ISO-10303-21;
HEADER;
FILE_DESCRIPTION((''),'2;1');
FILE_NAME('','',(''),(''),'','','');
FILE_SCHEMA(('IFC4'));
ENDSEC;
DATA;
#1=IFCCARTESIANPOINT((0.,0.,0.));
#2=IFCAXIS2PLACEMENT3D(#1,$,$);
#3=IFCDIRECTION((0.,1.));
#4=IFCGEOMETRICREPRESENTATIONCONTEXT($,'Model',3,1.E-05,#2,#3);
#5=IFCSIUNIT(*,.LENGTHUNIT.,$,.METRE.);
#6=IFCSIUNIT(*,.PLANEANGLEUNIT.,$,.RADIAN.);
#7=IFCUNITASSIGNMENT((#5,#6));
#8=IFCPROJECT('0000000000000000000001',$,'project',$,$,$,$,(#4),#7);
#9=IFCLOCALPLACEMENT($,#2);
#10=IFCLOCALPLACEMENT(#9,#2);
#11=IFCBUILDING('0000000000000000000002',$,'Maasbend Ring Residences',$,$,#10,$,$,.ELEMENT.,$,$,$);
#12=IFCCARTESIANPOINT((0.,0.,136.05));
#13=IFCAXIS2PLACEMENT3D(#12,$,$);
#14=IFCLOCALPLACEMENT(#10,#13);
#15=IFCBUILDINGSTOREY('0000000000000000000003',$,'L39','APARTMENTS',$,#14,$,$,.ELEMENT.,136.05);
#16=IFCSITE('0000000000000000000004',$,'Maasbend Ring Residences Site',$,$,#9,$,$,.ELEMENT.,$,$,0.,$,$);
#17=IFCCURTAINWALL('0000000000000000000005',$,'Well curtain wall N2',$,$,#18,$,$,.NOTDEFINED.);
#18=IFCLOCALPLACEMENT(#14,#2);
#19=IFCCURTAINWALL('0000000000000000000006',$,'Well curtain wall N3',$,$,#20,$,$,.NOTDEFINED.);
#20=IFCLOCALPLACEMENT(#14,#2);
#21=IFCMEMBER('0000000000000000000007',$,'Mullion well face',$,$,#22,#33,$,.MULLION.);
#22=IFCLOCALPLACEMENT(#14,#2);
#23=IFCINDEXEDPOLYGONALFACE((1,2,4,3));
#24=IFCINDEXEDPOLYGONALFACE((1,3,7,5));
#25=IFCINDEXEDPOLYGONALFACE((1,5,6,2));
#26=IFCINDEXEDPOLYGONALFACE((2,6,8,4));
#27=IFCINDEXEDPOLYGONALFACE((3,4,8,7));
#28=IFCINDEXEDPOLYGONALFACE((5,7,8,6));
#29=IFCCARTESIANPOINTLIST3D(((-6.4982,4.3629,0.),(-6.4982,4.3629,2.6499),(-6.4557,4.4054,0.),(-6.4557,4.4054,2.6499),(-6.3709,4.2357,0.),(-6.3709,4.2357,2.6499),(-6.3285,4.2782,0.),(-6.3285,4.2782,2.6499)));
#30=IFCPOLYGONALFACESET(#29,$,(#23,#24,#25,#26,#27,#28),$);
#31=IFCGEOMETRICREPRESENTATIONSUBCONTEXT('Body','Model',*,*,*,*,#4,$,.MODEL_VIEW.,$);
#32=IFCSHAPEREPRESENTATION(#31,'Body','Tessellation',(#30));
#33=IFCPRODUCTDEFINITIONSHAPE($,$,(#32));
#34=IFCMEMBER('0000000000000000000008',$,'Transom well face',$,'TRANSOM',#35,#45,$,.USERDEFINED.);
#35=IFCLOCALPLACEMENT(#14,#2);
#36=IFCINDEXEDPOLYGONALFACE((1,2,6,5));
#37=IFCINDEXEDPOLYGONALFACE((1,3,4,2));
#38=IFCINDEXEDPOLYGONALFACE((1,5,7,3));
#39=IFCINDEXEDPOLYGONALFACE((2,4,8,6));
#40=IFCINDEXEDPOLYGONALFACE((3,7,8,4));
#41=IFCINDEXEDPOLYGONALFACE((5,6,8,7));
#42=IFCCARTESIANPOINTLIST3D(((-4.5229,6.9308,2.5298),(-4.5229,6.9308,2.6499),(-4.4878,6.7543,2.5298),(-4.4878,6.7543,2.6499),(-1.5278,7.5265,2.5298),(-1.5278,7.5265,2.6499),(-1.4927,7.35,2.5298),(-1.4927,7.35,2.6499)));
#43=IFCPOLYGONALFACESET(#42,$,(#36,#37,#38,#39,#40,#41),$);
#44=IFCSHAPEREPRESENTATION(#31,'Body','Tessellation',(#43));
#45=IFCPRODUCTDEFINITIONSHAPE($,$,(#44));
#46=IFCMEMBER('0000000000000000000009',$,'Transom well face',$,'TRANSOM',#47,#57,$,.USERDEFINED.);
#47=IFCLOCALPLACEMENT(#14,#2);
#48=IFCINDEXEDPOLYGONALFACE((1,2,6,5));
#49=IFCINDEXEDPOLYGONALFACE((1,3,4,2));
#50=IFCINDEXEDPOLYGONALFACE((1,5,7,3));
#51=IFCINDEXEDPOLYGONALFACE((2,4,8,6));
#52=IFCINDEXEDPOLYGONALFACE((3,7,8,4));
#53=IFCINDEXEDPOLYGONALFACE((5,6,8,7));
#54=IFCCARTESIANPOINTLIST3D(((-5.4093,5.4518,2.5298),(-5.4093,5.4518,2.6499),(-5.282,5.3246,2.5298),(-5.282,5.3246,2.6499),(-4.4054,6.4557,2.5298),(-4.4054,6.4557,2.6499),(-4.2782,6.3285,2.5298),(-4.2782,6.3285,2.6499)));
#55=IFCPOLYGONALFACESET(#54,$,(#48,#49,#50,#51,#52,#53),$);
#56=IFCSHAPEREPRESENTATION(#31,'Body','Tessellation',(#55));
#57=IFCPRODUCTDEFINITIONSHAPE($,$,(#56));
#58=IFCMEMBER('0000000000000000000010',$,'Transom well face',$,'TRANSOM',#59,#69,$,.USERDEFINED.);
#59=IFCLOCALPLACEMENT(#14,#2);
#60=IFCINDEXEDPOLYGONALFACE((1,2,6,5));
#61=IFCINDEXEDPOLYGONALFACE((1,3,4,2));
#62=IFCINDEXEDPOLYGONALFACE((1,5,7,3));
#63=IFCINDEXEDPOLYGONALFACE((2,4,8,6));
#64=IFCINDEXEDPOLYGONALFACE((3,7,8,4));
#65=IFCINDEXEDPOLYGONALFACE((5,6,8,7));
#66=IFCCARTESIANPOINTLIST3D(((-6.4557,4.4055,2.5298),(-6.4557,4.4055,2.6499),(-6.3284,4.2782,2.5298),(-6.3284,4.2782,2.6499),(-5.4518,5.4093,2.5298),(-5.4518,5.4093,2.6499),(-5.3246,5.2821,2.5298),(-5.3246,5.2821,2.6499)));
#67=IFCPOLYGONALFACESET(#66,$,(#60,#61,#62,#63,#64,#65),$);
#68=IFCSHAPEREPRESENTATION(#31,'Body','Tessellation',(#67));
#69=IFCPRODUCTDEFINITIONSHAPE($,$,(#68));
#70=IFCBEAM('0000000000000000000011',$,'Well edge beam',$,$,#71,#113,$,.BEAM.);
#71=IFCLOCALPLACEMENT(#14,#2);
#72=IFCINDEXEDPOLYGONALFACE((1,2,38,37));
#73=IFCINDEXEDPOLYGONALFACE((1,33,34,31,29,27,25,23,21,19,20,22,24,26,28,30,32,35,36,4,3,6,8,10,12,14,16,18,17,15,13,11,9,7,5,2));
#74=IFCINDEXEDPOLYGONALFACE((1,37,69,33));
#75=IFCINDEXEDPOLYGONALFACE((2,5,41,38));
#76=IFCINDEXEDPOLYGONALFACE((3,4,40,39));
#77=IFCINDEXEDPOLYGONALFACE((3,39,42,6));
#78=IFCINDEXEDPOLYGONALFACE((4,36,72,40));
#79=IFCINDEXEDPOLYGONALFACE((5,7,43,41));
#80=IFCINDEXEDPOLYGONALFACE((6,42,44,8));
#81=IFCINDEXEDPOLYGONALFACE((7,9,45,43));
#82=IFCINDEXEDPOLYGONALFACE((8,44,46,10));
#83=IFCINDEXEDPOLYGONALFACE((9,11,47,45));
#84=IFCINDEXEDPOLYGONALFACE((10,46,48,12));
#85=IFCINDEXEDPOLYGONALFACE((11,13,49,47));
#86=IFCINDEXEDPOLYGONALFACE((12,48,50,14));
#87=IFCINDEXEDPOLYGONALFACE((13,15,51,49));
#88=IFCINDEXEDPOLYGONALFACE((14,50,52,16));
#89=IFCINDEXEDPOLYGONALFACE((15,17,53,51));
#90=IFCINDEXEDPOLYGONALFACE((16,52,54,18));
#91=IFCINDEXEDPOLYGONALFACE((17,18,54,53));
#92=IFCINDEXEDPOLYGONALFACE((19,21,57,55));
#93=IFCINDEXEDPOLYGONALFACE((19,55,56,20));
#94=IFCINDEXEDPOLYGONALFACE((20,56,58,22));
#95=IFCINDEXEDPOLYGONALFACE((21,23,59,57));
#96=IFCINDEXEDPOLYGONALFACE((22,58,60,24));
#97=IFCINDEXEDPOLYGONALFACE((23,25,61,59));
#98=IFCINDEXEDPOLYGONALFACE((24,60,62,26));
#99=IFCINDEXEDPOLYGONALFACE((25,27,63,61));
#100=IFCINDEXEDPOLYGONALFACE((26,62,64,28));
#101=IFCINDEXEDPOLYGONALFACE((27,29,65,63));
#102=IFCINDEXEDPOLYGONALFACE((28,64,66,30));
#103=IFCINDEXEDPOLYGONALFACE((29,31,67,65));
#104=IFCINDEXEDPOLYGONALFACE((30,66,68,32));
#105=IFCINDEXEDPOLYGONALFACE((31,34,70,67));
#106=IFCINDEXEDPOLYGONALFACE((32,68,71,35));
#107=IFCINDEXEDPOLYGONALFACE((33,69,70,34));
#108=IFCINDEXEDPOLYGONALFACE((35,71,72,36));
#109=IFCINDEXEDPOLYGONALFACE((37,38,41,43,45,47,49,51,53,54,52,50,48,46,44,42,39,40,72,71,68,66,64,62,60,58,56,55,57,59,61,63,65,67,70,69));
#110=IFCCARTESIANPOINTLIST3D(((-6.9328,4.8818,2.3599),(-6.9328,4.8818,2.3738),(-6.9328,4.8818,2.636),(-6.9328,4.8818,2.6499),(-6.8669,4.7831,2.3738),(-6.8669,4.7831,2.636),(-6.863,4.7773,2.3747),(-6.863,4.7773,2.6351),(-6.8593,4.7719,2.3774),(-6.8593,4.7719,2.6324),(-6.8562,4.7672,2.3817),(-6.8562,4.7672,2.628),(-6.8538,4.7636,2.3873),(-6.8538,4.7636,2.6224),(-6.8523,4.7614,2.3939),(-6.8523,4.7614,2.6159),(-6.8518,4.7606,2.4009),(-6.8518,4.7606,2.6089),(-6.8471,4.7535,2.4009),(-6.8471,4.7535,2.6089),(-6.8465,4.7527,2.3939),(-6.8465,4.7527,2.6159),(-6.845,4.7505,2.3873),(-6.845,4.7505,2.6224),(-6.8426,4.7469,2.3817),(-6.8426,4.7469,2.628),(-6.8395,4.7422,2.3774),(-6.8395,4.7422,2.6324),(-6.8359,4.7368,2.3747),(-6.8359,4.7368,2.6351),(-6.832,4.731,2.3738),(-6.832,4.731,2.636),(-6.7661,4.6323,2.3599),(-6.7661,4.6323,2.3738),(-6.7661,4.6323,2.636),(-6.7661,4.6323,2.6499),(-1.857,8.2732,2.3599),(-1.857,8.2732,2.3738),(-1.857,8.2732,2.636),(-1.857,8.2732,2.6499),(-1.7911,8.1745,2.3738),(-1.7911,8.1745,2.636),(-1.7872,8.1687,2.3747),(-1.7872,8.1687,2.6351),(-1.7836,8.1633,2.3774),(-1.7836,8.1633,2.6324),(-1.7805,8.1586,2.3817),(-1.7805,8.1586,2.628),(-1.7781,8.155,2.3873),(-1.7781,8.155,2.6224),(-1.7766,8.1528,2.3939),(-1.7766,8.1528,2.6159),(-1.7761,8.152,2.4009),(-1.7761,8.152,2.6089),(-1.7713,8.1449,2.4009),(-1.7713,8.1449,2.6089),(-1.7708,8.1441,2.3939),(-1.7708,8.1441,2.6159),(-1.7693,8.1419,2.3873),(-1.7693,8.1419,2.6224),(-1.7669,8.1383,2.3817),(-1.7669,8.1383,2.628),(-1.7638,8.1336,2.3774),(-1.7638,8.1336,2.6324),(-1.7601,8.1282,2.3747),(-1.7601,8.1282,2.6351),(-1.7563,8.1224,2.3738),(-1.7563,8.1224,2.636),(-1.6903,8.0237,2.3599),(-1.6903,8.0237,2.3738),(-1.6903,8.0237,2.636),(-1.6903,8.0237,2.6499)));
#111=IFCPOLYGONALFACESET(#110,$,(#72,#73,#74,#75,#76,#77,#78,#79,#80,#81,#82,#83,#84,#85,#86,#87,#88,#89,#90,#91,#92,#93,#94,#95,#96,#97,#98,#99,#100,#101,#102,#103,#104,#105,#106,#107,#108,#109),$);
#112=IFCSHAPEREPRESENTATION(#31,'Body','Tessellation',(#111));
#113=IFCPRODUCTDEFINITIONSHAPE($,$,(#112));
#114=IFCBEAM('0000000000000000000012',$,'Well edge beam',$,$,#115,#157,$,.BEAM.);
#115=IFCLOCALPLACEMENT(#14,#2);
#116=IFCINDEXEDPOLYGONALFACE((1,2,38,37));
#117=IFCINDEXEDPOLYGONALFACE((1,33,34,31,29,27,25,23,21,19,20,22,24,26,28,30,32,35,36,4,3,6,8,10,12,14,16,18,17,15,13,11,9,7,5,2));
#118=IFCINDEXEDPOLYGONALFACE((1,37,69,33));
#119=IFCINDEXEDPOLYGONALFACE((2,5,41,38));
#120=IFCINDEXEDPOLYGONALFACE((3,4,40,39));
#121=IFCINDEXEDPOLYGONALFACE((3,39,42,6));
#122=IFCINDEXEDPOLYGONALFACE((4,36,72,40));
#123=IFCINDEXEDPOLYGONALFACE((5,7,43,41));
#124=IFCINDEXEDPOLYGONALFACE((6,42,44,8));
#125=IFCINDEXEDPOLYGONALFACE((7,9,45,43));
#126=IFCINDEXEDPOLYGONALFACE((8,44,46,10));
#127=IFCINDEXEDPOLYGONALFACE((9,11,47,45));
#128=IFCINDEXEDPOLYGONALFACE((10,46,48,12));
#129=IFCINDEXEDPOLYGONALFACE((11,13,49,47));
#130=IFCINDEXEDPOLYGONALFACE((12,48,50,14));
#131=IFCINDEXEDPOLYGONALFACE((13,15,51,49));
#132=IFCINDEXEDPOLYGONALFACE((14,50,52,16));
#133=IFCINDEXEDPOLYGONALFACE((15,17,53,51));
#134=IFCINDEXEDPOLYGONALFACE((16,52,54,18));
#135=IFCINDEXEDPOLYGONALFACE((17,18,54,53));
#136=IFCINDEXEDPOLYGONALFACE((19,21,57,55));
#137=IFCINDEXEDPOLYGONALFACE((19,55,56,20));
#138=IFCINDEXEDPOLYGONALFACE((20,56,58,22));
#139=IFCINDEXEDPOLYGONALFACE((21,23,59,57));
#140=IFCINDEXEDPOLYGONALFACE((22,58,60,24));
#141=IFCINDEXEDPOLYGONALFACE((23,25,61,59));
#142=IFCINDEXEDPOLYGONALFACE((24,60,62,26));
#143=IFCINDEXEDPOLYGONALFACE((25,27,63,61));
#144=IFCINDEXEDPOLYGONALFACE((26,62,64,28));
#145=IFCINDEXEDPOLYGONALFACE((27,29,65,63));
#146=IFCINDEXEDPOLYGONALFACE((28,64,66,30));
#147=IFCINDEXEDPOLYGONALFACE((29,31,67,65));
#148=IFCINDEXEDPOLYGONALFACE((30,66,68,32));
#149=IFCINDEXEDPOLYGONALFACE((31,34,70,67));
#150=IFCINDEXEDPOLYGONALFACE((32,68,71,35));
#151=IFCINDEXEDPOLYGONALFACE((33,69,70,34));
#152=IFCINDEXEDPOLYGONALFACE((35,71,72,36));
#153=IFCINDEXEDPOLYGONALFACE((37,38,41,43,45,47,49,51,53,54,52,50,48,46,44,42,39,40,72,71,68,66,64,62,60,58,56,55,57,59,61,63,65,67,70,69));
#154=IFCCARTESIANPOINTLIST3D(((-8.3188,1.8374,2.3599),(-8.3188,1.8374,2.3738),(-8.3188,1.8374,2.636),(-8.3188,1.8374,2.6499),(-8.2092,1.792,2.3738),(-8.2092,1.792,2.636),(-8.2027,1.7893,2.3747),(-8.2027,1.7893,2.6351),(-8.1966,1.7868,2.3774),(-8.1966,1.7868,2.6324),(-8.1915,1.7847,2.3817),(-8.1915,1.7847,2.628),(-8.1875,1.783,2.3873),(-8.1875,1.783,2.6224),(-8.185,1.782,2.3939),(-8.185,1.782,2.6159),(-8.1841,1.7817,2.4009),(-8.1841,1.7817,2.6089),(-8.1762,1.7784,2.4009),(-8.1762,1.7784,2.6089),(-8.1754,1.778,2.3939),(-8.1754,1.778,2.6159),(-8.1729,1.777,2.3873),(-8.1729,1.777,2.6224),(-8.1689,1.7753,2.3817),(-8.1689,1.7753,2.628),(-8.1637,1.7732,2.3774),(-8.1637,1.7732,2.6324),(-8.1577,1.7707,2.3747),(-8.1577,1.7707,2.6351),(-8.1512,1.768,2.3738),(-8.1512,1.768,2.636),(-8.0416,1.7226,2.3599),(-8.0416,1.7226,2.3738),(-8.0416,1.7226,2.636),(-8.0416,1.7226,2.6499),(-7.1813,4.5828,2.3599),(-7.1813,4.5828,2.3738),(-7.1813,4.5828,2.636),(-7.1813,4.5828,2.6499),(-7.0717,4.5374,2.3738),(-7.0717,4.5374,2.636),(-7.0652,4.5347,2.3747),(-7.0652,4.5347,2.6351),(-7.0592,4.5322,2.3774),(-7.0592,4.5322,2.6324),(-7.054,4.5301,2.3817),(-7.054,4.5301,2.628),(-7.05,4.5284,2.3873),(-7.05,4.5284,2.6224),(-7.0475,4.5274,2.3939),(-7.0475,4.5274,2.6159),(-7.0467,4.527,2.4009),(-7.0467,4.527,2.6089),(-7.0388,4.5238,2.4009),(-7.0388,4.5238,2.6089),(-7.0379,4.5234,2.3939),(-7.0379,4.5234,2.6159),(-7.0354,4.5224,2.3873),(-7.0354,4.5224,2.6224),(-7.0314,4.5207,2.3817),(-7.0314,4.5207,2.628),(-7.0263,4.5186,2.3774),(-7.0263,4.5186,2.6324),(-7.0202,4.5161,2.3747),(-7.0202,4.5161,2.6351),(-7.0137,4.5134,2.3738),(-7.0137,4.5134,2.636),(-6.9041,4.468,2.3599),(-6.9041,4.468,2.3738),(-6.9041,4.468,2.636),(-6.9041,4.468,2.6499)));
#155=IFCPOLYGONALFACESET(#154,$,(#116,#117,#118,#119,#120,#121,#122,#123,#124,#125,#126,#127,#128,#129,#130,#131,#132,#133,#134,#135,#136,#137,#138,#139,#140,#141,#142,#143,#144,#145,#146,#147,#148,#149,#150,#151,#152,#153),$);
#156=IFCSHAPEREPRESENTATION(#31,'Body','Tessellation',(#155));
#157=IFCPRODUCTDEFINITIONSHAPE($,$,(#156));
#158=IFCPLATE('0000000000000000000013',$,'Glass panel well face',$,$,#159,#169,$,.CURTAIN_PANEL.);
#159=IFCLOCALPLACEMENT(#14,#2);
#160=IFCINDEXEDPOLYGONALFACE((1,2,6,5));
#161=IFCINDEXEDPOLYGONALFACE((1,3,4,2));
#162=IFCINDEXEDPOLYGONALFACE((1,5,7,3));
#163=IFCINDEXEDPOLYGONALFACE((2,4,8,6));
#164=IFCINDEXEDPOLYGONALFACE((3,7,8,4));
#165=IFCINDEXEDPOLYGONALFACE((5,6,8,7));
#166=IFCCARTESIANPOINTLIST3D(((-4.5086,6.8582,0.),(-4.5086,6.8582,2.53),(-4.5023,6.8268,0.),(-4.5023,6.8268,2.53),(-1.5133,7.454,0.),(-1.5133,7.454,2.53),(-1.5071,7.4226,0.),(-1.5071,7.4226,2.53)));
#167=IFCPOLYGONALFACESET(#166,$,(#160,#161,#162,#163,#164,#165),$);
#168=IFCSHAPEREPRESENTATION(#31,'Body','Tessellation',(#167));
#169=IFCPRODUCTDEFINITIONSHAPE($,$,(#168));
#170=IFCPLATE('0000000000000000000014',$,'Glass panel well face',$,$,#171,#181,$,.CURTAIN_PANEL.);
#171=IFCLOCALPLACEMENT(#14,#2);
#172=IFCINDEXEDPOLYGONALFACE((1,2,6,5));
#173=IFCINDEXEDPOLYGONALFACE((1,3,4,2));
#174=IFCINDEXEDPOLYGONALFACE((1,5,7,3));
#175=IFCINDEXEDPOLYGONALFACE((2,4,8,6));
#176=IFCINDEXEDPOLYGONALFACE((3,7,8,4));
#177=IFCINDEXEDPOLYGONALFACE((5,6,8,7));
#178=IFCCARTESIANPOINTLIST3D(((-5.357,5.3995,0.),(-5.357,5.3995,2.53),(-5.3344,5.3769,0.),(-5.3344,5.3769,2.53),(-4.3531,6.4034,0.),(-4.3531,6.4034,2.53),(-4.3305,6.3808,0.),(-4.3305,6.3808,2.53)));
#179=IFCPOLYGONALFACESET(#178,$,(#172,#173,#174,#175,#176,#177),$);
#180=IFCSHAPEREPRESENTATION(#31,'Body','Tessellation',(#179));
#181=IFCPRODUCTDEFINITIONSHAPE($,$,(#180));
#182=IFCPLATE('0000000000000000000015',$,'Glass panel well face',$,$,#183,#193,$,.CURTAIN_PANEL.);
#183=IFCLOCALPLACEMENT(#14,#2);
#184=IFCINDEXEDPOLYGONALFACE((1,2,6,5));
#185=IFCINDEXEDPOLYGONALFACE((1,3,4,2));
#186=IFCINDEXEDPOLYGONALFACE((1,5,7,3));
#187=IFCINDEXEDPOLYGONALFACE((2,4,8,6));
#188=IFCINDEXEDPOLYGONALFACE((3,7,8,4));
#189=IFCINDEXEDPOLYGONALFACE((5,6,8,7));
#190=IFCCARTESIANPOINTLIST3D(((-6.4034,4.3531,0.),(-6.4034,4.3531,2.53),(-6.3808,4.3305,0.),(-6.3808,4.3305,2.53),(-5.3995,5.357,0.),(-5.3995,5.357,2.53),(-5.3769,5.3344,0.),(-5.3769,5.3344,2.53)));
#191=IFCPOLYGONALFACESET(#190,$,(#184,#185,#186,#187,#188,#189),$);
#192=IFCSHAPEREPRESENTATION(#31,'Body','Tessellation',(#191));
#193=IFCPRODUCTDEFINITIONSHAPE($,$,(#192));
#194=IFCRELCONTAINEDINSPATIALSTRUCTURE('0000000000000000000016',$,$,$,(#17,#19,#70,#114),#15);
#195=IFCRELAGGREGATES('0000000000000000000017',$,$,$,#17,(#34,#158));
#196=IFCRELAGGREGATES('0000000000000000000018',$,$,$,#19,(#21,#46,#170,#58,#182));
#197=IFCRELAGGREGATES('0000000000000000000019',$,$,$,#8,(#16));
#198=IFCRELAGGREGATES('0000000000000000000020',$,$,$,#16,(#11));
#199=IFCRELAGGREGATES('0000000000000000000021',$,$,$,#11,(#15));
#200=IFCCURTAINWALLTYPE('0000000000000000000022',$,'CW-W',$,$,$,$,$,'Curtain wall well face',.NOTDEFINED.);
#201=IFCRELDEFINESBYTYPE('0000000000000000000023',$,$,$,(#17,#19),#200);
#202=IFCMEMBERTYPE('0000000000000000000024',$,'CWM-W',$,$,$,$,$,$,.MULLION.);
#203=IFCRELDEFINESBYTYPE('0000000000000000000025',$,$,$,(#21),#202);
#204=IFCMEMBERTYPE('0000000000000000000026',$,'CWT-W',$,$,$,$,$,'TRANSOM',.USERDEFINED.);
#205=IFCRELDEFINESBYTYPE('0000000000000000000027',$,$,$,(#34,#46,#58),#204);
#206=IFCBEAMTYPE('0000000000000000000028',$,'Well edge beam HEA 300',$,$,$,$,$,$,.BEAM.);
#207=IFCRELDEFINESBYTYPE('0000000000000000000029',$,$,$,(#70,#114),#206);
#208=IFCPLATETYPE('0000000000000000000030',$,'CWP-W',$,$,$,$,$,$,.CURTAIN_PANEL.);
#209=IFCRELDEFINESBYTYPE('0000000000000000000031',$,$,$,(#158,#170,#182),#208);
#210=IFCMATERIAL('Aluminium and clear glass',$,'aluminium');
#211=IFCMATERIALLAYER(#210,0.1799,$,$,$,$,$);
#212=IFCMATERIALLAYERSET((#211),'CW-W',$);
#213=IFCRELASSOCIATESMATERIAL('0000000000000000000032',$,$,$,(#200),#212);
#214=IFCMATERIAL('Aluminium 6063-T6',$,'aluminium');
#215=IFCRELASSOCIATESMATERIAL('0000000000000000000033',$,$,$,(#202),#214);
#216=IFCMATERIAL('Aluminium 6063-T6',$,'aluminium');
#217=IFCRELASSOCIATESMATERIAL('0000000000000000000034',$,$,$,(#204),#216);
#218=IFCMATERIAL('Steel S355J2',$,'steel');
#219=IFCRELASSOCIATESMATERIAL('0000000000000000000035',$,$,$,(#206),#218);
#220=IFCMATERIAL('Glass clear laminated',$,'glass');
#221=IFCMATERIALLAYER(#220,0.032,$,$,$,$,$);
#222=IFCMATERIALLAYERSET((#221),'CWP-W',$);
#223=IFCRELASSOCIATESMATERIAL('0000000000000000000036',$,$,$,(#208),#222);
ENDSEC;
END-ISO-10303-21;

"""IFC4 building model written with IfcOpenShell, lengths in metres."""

from ifc_helpers import new_model, si_unit, direction, frame, origin, origin_2d, place, context, subcontext, project, spatial, rectangle, i_section, extrude, material, layer, layer_set, material_profile, profile_set, type_object, element, aggregate, save


model = new_model("IFC4")

# Units and contexts
model_context = context("Model", 3, precision=1e-05, world=origin(), true_north=direction((0.0, 1.0)))
body_context = subcontext(model_context, "Body", "Model", "MODEL_VIEW")
ifc_project = project(units=[si_unit("LENGTHUNIT", "METRE"), si_unit("PLANEANGLEUNIT", "RADIAN")], contexts=[model_context])

# Site, building, storey
site_placement = place(None, origin())
site = spatial("IfcSite", under=ifc_project, at=site_placement, Name="Maasbend Ring Residences Site", CompositionType="ELEMENT", RefElevation=0.0)
building_placement = place(site_placement, origin())
building = spatial("IfcBuilding", under=site, at=building_placement, Name="Maasbend Ring Residences", CompositionType="ELEMENT")
storey_placement = place(building_placement, frame((0.0, 0.0, 136.05)))
storey = spatial("IfcBuildingStorey", under=building, at=storey_placement, Name="L39", Description="APARTMENTS", CompositionType="ELEMENT", Elevation=136.05)

# Curtain walls, member
ifc_material_1 = material(Name="Aluminium and clear glass", Category="aluminium")
ifc_layer_1 = layer(ifc_material_1, 0.1799)
ifc_layer_set_1 = layer_set([ifc_layer_1], Name="CW-W")
curtain_wall_type = type_object("IfcCurtainWallType", Name="CW-W", ElementType="Curtain wall well face", PredefinedType="NOTDEFINED", material=ifc_layer_set_1)
curtain_wall_1_placement = place(storey_placement, origin())
curtain_wall_1 = element("IfcCurtainWall", 1, at=curtain_wall_1_placement, inside=storey, type_object=curtain_wall_type, Name="Well curtain wall N2", PredefinedType="NOTDEFINED")
ifc_material_2 = material(Name="Aluminium 6063-T6", Category="aluminium")
ifc_material_profile_1 = material_profile(ifc_material_2, rectangle(XDim=0.1799, YDim=0.0601, at=origin_2d()), Name="AL 180x60")
ifc_profile_set_1 = profile_set([ifc_material_profile_1], Name="Aluminium 6063-T6")
member_type_1 = type_object("IfcMemberType", Name="CWM-W", PredefinedType="MULLION", material=ifc_profile_set_1)
curtain_wall_2_placement = place(storey_placement, origin())
curtain_wall_2 = element("IfcCurtainWall", 2, at=curtain_wall_2_placement, inside=storey, type_object=curtain_wall_type, Name="Well curtain wall N3", PredefinedType="NOTDEFINED")
member_1_placement = place(storey_placement, frame((-6.4133, 4.3206, 0.0), z_axis=(0.0, 0.0, 1.0), x_axis=(0.707107, -0.707107, 0.0)))
member_1 = element("IfcMember", 3, at=member_1_placement, type_object=member_type_1, Name="Mullion well face", PredefinedType="MULLION", context=body_context, shape_type="SweptSolid", body=[
    extrude(rectangle(XDim=0.1799, YDim=0.0601, at=origin_2d()), origin(), (0.0, 0.0, 1.0), 2.6499),
])

# Members
ifc_material_3 = material(Name="Aluminium 6063-T6", Category="aluminium")
ifc_material_profile_2 = material_profile(ifc_material_3, rectangle(XDim=0.1799, YDim=0.1201, at=origin_2d()), Name="AL 180x120")
ifc_profile_set_2 = profile_set([ifc_material_profile_2], Name="Aluminium 6063-T6")
member_type_2 = type_object("IfcMemberType", Name="CWT-W", ElementType="TRANSOM", PredefinedType="USERDEFINED", material=ifc_profile_set_2)
member_2_placement = place(storey_placement, frame((-1.5103, 7.4382, 2.5898), z_axis=(-0.980789, -0.195071, 0.0), x_axis=(0.195071, -0.980789, 0.0)))
member_2 = element("IfcMember", 4, at=member_2_placement, type_object=member_type_2, Name="Transom well face", ObjectType="TRANSOM", PredefinedType="USERDEFINED", context=body_context, shape_type="SweptSolid", body=[
    extrude(rectangle(XDim=0.1799, YDim=0.1201, at=origin_2d()), origin(), (0.0, 0.0, 1.0), 3.0537),
])
member_3_placement = place(storey_placement, frame((-4.3418, 6.3921, 2.5898), z_axis=(-0.707107, -0.707107, 0.0), x_axis=(0.707107, -0.707107, 0.0)))
member_3 = element("IfcMember", 5, at=member_3_placement, type_object=member_type_2, Name="Transom well face", ObjectType="TRANSOM", PredefinedType="USERDEFINED", context=body_context, shape_type="SweptSolid", body=[
    extrude(rectangle(XDim=0.1799, YDim=0.1201, at=origin_2d()), origin(), (0.0, 0.0, 1.0), 1.4197),
])
member_4_placement = place(storey_placement, frame((-5.3882, 5.3457, 2.5898), z_axis=(-0.707107, -0.707107, 0.0), x_axis=(0.707107, -0.707107, 0.0)))
member_4 = element("IfcMember", 6, at=member_4_placement, type_object=member_type_2, Name="Transom well face", ObjectType="TRANSOM", PredefinedType="USERDEFINED", context=body_context, shape_type="SweptSolid", body=[
    extrude(rectangle(XDim=0.1799, YDim=0.1201, at=origin_2d()), origin(), (0.0, 0.0, 1.0), 1.4197),
])

# Beams
ifc_material_4 = material(Name="Steel S355J2", Category="steel")
ifc_material_profile_3 = material_profile(ifc_material_4, i_section(OverallWidth=0.3, OverallDepth=0.29, WebThickness=0.0085, FlangeThickness=0.0139, FilletRadius=0.0271, at=origin_2d()), Name="HEA 300")
ifc_profile_set_3 = profile_set([ifc_material_profile_3], Name="Steel S355J2")
beam_type = type_object("IfcBeamType", Name="Well edge beam HEA 300", PredefinedType="BEAM", material=ifc_profile_set_3)
beam_1_placement = place(storey_placement, frame((-1.7737, 8.1484, 2.5049), z_axis=(-0.831478, -0.555558, 0.0), x_axis=(0.555558, -0.831478, 0.0)))
element("IfcBeam", 7, at=beam_1_placement, inside=storey, type_object=beam_type, Name="Well edge beam", PredefinedType="BEAM", context=body_context, shape_type="SweptSolid", body=[
    extrude(i_section(OverallWidth=0.3, OverallDepth=0.29, WebThickness=0.0085, FlangeThickness=0.0139, FilletRadius=0.0271, at=origin_2d()), origin(), (0.0, 0.0, 1.0), 6.1045),
])
beam_2_placement = place(storey_placement, frame((-7.0427, 4.5254, 2.5049), z_axis=(-0.382765, -0.923846, 0.0), x_axis=(0.923846, -0.382765, 0.0)))
element("IfcBeam", 8, at=beam_2_placement, inside=storey, type_object=beam_type, Name="Well edge beam", PredefinedType="BEAM", context=body_context, shape_type="SweptSolid", body=[
    extrude(i_section(OverallWidth=0.3, OverallDepth=0.29, WebThickness=0.0085, FlangeThickness=0.0139, FilletRadius=0.0271, at=origin_2d()), origin(), (0.0, 0.0, 1.0), 2.9717),
])

# Plates
ifc_material_5 = material(Name="Glass clear laminated", Category="glass")
ifc_layer_2 = layer(ifc_material_5, 0.032)
ifc_layer_set_2 = layer_set([ifc_layer_2], Name="CWP-W")
plate_type = type_object("IfcPlateType", Name="CWP-W", PredefinedType="CURTAIN_PANEL", material=ifc_layer_set_2)
plate_1_placement = place(storey_placement, frame((-3.0078, 7.1404, 0.0), z_axis=(0.0, 0.0, 1.0), x_axis=(-0.980785, -0.19509, 0.0)))
plate_1 = element("IfcPlate", 9, at=plate_1_placement, type_object=plate_type, Name="Glass panel well face", PredefinedType="CURTAIN_PANEL", context=body_context, shape_type="SweptSolid", body=[
    extrude(rectangle(XDim=3.054, YDim=0.032, at=origin_2d()), origin(), (0.0, 0.0, 1.0), 2.53),
])
aggregate(curtain_wall_1, [member_2, plate_1])
plate_2_placement = place(storey_placement, frame((-4.8438, 5.8901, 0.0), z_axis=(0.0, 0.0, 1.0), x_axis=(-0.707107, -0.707107, 0.0)))
plate_2 = element("IfcPlate", 10, at=plate_2_placement, type_object=plate_type, Name="Glass panel well face", PredefinedType="CURTAIN_PANEL", context=body_context, shape_type="SweptSolid", body=[
    extrude(rectangle(XDim=1.4197, YDim=0.032, at=origin_2d()), origin(), (0.0, 0.0, 1.0), 2.53),
])
plate_3_placement = place(storey_placement, frame((-5.8901, 4.8438, 0.0), z_axis=(0.0, 0.0, 1.0), x_axis=(-0.707107, -0.707107, 0.0)))
plate_3 = element("IfcPlate", 11, at=plate_3_placement, type_object=plate_type, Name="Glass panel well face", PredefinedType="CURTAIN_PANEL", context=body_context, shape_type="SweptSolid", body=[
    extrude(rectangle(XDim=1.4197, YDim=0.032, at=origin_2d()), origin(), (0.0, 0.0, 1.0), 2.53),
])
aggregate(curtain_wall_2, [member_1, member_3, plate_2, member_4, plate_3])

save(model, "model.ifc")
